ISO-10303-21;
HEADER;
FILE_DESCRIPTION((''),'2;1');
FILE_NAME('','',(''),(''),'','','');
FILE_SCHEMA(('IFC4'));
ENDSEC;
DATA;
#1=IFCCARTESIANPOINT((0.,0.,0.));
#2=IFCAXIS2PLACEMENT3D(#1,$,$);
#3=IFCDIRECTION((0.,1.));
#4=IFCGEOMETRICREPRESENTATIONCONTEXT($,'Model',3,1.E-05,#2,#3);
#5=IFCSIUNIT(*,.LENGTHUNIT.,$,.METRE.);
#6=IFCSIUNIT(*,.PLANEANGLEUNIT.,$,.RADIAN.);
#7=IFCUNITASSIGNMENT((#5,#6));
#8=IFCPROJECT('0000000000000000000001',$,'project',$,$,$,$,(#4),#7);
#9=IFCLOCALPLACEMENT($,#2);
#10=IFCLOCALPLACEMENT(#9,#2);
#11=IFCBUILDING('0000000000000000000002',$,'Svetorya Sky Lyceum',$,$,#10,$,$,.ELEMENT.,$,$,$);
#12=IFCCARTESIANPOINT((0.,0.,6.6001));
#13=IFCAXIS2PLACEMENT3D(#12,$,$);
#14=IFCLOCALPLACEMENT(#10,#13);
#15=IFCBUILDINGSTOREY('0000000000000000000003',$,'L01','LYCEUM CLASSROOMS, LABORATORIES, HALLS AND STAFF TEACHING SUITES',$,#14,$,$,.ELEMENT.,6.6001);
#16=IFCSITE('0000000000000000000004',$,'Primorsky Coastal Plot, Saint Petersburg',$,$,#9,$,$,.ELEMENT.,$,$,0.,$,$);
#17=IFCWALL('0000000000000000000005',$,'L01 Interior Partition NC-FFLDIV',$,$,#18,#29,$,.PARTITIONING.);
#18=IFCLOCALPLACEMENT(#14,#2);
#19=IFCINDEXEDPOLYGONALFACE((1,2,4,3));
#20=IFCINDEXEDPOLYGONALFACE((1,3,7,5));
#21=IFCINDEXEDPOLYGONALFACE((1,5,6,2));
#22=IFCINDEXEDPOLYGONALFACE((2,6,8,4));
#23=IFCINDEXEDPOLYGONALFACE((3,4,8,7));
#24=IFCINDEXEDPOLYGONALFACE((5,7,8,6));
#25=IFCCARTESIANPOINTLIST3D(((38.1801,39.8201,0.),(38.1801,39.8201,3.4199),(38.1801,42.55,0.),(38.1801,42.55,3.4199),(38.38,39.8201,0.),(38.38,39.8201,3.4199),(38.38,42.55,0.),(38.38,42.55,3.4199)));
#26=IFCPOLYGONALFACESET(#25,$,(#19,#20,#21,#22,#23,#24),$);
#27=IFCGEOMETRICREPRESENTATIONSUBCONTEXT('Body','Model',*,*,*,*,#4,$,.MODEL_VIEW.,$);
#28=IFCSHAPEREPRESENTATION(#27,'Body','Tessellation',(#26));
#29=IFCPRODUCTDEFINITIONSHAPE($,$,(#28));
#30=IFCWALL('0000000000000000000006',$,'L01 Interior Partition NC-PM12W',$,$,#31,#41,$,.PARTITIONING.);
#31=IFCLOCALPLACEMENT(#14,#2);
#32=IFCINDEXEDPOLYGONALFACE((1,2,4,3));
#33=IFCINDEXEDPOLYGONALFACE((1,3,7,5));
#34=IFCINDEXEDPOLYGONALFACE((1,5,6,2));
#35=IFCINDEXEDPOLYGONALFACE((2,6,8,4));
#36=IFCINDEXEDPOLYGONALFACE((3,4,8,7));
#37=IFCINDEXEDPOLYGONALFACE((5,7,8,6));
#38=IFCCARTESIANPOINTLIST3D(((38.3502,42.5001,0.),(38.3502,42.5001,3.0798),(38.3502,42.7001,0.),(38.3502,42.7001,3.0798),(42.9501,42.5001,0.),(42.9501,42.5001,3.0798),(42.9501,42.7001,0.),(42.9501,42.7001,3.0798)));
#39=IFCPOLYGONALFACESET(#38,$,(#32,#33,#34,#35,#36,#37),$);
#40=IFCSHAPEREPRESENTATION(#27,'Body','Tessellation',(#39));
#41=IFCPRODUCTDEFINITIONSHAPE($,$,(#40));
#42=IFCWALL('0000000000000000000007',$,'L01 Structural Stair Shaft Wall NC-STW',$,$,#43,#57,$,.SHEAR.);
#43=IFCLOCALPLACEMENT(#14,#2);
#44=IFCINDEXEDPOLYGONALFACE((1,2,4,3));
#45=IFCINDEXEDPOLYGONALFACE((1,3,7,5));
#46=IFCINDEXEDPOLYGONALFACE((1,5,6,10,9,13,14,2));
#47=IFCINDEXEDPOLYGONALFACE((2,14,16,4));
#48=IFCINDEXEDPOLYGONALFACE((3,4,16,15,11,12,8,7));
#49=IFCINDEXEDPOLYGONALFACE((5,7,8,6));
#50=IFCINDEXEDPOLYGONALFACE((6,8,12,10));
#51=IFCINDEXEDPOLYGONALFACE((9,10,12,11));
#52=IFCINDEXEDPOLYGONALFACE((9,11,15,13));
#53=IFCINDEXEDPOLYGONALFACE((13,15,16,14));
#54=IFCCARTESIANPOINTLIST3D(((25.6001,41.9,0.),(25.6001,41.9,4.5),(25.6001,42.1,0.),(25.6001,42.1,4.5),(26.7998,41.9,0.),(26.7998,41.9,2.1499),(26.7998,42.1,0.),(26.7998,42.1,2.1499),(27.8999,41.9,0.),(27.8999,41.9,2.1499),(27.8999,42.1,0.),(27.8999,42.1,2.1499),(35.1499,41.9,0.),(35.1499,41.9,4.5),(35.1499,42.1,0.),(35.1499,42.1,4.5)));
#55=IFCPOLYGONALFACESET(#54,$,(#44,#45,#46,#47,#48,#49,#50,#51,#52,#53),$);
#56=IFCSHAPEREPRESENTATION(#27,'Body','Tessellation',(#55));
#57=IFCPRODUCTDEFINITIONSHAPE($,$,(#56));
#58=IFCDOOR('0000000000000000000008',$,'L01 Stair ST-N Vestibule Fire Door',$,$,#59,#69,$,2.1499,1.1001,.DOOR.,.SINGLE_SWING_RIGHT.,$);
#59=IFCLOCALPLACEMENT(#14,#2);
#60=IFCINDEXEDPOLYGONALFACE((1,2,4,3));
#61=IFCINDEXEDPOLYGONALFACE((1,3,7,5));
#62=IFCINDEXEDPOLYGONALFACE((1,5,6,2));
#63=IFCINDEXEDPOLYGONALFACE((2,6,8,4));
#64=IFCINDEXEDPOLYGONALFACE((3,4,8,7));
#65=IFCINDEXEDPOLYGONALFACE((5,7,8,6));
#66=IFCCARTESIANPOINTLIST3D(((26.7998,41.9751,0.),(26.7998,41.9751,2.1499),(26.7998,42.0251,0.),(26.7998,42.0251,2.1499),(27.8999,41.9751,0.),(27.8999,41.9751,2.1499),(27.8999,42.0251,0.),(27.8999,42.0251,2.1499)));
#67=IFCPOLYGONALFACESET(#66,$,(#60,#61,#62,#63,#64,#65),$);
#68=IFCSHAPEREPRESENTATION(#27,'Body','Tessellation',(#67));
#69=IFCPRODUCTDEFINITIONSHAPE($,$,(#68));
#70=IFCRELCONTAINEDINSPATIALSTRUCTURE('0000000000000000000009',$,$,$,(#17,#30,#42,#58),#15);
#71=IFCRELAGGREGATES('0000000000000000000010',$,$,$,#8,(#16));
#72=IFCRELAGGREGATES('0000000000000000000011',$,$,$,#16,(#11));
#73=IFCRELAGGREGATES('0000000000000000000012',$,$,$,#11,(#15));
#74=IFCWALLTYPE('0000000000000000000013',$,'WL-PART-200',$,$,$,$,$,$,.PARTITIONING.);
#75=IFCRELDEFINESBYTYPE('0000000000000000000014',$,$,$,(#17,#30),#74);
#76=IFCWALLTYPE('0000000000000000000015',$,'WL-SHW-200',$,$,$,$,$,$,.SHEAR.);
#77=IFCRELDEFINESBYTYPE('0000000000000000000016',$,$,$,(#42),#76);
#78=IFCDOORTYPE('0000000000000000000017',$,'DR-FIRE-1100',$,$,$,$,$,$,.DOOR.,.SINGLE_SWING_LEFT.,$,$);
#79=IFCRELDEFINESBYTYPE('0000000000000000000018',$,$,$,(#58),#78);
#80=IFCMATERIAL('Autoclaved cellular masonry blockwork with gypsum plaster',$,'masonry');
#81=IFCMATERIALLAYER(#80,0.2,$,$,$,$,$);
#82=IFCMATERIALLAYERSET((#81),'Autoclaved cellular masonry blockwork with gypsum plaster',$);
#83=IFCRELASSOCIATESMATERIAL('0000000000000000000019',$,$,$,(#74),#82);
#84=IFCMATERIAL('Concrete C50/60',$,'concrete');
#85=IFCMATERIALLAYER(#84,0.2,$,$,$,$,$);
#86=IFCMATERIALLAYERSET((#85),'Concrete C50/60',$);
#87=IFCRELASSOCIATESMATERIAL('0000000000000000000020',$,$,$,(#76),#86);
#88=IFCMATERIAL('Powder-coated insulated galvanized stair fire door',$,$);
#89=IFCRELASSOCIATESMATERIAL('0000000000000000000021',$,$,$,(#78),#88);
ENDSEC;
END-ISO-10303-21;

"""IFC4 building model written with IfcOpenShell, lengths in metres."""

from ifc_helpers import new_model, si_unit, direction, frame, frame_2d, origin, place, context, subcontext, project, spatial, rectangle, extrude, material, layer, layer_set, type_object, element, fill, save


model = new_model("IFC4")

# Units and contexts
model_context = context("Model", 3, precision=1e-05, world=origin(), true_north=direction((0.0, 1.0)))
body_context = subcontext(model_context, "Body", "Model", "MODEL_VIEW")
ifc_project = project(units=[si_unit("LENGTHUNIT", "METRE"), si_unit("PLANEANGLEUNIT", "RADIAN")], contexts=[model_context])

# Site, building, storey
site_placement = place(None, origin())
site = spatial("IfcSite", under=ifc_project, at=site_placement, Name="Primorsky Coastal Plot, Saint Petersburg", CompositionType="ELEMENT", RefElevation=0.0)
building_placement = place(site_placement, origin())
building = spatial("IfcBuilding", under=site, at=building_placement, Name="Svetorya Sky Lyceum", CompositionType="ELEMENT")
storey_placement = place(building_placement, frame((0.0, 0.0, 6.6001)))
storey = spatial("IfcBuildingStorey", under=building, at=storey_placement, Name="L01", Description="LYCEUM CLASSROOMS, LABORATORIES, HALLS AND STAFF TEACHING SUITES", CompositionType="ELEMENT", Elevation=6.6001)

# Shared definitions
ifc_material_1 = material(Name="Autoclaved cellular masonry blockwork with gypsum plaster", Category="masonry")
ifc_layer_1 = layer(ifc_material_1, 0.2)
ifc_layer_set_1 = layer_set([ifc_layer_1], Name="Autoclaved cellular masonry blockwork with gypsum plaster")
wall_type_1 = type_object("IfcWallType", Name="WL-PART-200", PredefinedType="PARTITIONING", material=ifc_layer_set_1)

# Walls
wall_1_placement = place(storey_placement, frame((38.28, 39.8201, 0.0), z_axis=(0.0, 0.0, 1.0), x_axis=(0.0, 1.0, 0.0)))
element("IfcWall", 1, at=wall_1_placement, inside=storey, type_object=wall_type_1, Name="L01 Interior Partition NC-FFLDIV", PredefinedType="PARTITIONING", context=body_context, shape_type="SweptSolid", body=[
    extrude(rectangle(XDim=2.73, YDim=0.2, at=frame_2d((1.365, 0.0))), origin(), (0.0, 0.0, 1.0), 3.4199),
])
wall_2_placement = place(storey_placement, frame((42.95, 42.6001, 0.0), z_axis=(0.0, 0.0, 1.0), x_axis=(-1.0, 0.0, 0.0)))
element("IfcWall", 2, at=wall_2_placement, inside=storey, type_object=wall_type_1, Name="L01 Interior Partition NC-PM12W", PredefinedType="PARTITIONING", context=body_context, shape_type="SweptSolid", body=[
    extrude(rectangle(XDim=4.5999, YDim=0.2, at=frame_2d((2.2998, 0.0))), origin(), (0.0, 0.0, 1.0), 3.0798),
])

# Wall, opening, door
ifc_material_2 = material(Name="Concrete C50/60", Category="concrete")
ifc_layer_2 = layer(ifc_material_2, 0.2)
ifc_layer_set_2 = layer_set([ifc_layer_2], Name="Concrete C50/60")
wall_type_2 = type_object("IfcWallType", Name="WL-SHW-200", PredefinedType="SHEAR", material=ifc_layer_set_2)
wall_3_placement = place(storey_placement, frame((35.1499, 42.0, 0.0), z_axis=(0.0, 0.0, 1.0), x_axis=(-1.0, 0.0, 0.0)))
wall_3 = element("IfcWall", 3, at=wall_3_placement, inside=storey, type_object=wall_type_2, Name="L01 Structural Stair Shaft Wall NC-STW", PredefinedType="SHEAR", context=body_context, shape_type="SweptSolid", body=[
    extrude(rectangle(XDim=9.5498, YDim=0.2, at=frame_2d((4.7749, 0.0))), origin(), (0.0, 0.0, 1.0), 4.5),
])
opening_1_placement = place(wall_3_placement, frame((7.25, 0.0, 0.0)))
opening_1 = element("IfcOpeningElement", 4, at=opening_1_placement, cuts=wall_3, PredefinedType="OPENING", context=body_context, shape_type="SweptSolid", body=[
    extrude(rectangle(XDim=1.1001, YDim=2.1499, at=frame_2d((0.55, 1.075))), frame((0.0, 0.1099, 0.0), z_axis=(0.0, -1.0, 0.0), x_axis=(1.0, 0.0, 0.0)), (0.0, 0.0, 1.0), 0.22),
])
ifc_material_3 = material(Name="Powder-coated insulated galvanized stair fire door")
door_type_1 = type_object("IfcDoorType", Name="DR-FIRE-1100", OperationType="SINGLE_SWING_LEFT", PredefinedType="DOOR", material=ifc_material_3)
door_1_placement = place(opening_1_placement, origin())
door_1 = element("IfcDoor", 5, at=door_1_placement, inside=storey, type_object=door_type_1, Name="L01 Stair ST-N Vestibule Fire Door", OperationType="SINGLE_SWING_RIGHT", OverallHeight=2.1499, OverallWidth=1.1001, PredefinedType="DOOR", context=body_context, shape_type="SweptSolid", body=[
    extrude(rectangle(XDim=1.1001, YDim=2.1499, at=frame_2d((0.55, 1.075))), frame((0.0, 0.0249, 0.0), z_axis=(0.0, -1.0, 0.0), x_axis=(1.0, 0.0, 0.0)), (0.0, 0.0, 1.0), 0.05),
])
fill(opening_1, door_1)

save(model, "model.ifc")
